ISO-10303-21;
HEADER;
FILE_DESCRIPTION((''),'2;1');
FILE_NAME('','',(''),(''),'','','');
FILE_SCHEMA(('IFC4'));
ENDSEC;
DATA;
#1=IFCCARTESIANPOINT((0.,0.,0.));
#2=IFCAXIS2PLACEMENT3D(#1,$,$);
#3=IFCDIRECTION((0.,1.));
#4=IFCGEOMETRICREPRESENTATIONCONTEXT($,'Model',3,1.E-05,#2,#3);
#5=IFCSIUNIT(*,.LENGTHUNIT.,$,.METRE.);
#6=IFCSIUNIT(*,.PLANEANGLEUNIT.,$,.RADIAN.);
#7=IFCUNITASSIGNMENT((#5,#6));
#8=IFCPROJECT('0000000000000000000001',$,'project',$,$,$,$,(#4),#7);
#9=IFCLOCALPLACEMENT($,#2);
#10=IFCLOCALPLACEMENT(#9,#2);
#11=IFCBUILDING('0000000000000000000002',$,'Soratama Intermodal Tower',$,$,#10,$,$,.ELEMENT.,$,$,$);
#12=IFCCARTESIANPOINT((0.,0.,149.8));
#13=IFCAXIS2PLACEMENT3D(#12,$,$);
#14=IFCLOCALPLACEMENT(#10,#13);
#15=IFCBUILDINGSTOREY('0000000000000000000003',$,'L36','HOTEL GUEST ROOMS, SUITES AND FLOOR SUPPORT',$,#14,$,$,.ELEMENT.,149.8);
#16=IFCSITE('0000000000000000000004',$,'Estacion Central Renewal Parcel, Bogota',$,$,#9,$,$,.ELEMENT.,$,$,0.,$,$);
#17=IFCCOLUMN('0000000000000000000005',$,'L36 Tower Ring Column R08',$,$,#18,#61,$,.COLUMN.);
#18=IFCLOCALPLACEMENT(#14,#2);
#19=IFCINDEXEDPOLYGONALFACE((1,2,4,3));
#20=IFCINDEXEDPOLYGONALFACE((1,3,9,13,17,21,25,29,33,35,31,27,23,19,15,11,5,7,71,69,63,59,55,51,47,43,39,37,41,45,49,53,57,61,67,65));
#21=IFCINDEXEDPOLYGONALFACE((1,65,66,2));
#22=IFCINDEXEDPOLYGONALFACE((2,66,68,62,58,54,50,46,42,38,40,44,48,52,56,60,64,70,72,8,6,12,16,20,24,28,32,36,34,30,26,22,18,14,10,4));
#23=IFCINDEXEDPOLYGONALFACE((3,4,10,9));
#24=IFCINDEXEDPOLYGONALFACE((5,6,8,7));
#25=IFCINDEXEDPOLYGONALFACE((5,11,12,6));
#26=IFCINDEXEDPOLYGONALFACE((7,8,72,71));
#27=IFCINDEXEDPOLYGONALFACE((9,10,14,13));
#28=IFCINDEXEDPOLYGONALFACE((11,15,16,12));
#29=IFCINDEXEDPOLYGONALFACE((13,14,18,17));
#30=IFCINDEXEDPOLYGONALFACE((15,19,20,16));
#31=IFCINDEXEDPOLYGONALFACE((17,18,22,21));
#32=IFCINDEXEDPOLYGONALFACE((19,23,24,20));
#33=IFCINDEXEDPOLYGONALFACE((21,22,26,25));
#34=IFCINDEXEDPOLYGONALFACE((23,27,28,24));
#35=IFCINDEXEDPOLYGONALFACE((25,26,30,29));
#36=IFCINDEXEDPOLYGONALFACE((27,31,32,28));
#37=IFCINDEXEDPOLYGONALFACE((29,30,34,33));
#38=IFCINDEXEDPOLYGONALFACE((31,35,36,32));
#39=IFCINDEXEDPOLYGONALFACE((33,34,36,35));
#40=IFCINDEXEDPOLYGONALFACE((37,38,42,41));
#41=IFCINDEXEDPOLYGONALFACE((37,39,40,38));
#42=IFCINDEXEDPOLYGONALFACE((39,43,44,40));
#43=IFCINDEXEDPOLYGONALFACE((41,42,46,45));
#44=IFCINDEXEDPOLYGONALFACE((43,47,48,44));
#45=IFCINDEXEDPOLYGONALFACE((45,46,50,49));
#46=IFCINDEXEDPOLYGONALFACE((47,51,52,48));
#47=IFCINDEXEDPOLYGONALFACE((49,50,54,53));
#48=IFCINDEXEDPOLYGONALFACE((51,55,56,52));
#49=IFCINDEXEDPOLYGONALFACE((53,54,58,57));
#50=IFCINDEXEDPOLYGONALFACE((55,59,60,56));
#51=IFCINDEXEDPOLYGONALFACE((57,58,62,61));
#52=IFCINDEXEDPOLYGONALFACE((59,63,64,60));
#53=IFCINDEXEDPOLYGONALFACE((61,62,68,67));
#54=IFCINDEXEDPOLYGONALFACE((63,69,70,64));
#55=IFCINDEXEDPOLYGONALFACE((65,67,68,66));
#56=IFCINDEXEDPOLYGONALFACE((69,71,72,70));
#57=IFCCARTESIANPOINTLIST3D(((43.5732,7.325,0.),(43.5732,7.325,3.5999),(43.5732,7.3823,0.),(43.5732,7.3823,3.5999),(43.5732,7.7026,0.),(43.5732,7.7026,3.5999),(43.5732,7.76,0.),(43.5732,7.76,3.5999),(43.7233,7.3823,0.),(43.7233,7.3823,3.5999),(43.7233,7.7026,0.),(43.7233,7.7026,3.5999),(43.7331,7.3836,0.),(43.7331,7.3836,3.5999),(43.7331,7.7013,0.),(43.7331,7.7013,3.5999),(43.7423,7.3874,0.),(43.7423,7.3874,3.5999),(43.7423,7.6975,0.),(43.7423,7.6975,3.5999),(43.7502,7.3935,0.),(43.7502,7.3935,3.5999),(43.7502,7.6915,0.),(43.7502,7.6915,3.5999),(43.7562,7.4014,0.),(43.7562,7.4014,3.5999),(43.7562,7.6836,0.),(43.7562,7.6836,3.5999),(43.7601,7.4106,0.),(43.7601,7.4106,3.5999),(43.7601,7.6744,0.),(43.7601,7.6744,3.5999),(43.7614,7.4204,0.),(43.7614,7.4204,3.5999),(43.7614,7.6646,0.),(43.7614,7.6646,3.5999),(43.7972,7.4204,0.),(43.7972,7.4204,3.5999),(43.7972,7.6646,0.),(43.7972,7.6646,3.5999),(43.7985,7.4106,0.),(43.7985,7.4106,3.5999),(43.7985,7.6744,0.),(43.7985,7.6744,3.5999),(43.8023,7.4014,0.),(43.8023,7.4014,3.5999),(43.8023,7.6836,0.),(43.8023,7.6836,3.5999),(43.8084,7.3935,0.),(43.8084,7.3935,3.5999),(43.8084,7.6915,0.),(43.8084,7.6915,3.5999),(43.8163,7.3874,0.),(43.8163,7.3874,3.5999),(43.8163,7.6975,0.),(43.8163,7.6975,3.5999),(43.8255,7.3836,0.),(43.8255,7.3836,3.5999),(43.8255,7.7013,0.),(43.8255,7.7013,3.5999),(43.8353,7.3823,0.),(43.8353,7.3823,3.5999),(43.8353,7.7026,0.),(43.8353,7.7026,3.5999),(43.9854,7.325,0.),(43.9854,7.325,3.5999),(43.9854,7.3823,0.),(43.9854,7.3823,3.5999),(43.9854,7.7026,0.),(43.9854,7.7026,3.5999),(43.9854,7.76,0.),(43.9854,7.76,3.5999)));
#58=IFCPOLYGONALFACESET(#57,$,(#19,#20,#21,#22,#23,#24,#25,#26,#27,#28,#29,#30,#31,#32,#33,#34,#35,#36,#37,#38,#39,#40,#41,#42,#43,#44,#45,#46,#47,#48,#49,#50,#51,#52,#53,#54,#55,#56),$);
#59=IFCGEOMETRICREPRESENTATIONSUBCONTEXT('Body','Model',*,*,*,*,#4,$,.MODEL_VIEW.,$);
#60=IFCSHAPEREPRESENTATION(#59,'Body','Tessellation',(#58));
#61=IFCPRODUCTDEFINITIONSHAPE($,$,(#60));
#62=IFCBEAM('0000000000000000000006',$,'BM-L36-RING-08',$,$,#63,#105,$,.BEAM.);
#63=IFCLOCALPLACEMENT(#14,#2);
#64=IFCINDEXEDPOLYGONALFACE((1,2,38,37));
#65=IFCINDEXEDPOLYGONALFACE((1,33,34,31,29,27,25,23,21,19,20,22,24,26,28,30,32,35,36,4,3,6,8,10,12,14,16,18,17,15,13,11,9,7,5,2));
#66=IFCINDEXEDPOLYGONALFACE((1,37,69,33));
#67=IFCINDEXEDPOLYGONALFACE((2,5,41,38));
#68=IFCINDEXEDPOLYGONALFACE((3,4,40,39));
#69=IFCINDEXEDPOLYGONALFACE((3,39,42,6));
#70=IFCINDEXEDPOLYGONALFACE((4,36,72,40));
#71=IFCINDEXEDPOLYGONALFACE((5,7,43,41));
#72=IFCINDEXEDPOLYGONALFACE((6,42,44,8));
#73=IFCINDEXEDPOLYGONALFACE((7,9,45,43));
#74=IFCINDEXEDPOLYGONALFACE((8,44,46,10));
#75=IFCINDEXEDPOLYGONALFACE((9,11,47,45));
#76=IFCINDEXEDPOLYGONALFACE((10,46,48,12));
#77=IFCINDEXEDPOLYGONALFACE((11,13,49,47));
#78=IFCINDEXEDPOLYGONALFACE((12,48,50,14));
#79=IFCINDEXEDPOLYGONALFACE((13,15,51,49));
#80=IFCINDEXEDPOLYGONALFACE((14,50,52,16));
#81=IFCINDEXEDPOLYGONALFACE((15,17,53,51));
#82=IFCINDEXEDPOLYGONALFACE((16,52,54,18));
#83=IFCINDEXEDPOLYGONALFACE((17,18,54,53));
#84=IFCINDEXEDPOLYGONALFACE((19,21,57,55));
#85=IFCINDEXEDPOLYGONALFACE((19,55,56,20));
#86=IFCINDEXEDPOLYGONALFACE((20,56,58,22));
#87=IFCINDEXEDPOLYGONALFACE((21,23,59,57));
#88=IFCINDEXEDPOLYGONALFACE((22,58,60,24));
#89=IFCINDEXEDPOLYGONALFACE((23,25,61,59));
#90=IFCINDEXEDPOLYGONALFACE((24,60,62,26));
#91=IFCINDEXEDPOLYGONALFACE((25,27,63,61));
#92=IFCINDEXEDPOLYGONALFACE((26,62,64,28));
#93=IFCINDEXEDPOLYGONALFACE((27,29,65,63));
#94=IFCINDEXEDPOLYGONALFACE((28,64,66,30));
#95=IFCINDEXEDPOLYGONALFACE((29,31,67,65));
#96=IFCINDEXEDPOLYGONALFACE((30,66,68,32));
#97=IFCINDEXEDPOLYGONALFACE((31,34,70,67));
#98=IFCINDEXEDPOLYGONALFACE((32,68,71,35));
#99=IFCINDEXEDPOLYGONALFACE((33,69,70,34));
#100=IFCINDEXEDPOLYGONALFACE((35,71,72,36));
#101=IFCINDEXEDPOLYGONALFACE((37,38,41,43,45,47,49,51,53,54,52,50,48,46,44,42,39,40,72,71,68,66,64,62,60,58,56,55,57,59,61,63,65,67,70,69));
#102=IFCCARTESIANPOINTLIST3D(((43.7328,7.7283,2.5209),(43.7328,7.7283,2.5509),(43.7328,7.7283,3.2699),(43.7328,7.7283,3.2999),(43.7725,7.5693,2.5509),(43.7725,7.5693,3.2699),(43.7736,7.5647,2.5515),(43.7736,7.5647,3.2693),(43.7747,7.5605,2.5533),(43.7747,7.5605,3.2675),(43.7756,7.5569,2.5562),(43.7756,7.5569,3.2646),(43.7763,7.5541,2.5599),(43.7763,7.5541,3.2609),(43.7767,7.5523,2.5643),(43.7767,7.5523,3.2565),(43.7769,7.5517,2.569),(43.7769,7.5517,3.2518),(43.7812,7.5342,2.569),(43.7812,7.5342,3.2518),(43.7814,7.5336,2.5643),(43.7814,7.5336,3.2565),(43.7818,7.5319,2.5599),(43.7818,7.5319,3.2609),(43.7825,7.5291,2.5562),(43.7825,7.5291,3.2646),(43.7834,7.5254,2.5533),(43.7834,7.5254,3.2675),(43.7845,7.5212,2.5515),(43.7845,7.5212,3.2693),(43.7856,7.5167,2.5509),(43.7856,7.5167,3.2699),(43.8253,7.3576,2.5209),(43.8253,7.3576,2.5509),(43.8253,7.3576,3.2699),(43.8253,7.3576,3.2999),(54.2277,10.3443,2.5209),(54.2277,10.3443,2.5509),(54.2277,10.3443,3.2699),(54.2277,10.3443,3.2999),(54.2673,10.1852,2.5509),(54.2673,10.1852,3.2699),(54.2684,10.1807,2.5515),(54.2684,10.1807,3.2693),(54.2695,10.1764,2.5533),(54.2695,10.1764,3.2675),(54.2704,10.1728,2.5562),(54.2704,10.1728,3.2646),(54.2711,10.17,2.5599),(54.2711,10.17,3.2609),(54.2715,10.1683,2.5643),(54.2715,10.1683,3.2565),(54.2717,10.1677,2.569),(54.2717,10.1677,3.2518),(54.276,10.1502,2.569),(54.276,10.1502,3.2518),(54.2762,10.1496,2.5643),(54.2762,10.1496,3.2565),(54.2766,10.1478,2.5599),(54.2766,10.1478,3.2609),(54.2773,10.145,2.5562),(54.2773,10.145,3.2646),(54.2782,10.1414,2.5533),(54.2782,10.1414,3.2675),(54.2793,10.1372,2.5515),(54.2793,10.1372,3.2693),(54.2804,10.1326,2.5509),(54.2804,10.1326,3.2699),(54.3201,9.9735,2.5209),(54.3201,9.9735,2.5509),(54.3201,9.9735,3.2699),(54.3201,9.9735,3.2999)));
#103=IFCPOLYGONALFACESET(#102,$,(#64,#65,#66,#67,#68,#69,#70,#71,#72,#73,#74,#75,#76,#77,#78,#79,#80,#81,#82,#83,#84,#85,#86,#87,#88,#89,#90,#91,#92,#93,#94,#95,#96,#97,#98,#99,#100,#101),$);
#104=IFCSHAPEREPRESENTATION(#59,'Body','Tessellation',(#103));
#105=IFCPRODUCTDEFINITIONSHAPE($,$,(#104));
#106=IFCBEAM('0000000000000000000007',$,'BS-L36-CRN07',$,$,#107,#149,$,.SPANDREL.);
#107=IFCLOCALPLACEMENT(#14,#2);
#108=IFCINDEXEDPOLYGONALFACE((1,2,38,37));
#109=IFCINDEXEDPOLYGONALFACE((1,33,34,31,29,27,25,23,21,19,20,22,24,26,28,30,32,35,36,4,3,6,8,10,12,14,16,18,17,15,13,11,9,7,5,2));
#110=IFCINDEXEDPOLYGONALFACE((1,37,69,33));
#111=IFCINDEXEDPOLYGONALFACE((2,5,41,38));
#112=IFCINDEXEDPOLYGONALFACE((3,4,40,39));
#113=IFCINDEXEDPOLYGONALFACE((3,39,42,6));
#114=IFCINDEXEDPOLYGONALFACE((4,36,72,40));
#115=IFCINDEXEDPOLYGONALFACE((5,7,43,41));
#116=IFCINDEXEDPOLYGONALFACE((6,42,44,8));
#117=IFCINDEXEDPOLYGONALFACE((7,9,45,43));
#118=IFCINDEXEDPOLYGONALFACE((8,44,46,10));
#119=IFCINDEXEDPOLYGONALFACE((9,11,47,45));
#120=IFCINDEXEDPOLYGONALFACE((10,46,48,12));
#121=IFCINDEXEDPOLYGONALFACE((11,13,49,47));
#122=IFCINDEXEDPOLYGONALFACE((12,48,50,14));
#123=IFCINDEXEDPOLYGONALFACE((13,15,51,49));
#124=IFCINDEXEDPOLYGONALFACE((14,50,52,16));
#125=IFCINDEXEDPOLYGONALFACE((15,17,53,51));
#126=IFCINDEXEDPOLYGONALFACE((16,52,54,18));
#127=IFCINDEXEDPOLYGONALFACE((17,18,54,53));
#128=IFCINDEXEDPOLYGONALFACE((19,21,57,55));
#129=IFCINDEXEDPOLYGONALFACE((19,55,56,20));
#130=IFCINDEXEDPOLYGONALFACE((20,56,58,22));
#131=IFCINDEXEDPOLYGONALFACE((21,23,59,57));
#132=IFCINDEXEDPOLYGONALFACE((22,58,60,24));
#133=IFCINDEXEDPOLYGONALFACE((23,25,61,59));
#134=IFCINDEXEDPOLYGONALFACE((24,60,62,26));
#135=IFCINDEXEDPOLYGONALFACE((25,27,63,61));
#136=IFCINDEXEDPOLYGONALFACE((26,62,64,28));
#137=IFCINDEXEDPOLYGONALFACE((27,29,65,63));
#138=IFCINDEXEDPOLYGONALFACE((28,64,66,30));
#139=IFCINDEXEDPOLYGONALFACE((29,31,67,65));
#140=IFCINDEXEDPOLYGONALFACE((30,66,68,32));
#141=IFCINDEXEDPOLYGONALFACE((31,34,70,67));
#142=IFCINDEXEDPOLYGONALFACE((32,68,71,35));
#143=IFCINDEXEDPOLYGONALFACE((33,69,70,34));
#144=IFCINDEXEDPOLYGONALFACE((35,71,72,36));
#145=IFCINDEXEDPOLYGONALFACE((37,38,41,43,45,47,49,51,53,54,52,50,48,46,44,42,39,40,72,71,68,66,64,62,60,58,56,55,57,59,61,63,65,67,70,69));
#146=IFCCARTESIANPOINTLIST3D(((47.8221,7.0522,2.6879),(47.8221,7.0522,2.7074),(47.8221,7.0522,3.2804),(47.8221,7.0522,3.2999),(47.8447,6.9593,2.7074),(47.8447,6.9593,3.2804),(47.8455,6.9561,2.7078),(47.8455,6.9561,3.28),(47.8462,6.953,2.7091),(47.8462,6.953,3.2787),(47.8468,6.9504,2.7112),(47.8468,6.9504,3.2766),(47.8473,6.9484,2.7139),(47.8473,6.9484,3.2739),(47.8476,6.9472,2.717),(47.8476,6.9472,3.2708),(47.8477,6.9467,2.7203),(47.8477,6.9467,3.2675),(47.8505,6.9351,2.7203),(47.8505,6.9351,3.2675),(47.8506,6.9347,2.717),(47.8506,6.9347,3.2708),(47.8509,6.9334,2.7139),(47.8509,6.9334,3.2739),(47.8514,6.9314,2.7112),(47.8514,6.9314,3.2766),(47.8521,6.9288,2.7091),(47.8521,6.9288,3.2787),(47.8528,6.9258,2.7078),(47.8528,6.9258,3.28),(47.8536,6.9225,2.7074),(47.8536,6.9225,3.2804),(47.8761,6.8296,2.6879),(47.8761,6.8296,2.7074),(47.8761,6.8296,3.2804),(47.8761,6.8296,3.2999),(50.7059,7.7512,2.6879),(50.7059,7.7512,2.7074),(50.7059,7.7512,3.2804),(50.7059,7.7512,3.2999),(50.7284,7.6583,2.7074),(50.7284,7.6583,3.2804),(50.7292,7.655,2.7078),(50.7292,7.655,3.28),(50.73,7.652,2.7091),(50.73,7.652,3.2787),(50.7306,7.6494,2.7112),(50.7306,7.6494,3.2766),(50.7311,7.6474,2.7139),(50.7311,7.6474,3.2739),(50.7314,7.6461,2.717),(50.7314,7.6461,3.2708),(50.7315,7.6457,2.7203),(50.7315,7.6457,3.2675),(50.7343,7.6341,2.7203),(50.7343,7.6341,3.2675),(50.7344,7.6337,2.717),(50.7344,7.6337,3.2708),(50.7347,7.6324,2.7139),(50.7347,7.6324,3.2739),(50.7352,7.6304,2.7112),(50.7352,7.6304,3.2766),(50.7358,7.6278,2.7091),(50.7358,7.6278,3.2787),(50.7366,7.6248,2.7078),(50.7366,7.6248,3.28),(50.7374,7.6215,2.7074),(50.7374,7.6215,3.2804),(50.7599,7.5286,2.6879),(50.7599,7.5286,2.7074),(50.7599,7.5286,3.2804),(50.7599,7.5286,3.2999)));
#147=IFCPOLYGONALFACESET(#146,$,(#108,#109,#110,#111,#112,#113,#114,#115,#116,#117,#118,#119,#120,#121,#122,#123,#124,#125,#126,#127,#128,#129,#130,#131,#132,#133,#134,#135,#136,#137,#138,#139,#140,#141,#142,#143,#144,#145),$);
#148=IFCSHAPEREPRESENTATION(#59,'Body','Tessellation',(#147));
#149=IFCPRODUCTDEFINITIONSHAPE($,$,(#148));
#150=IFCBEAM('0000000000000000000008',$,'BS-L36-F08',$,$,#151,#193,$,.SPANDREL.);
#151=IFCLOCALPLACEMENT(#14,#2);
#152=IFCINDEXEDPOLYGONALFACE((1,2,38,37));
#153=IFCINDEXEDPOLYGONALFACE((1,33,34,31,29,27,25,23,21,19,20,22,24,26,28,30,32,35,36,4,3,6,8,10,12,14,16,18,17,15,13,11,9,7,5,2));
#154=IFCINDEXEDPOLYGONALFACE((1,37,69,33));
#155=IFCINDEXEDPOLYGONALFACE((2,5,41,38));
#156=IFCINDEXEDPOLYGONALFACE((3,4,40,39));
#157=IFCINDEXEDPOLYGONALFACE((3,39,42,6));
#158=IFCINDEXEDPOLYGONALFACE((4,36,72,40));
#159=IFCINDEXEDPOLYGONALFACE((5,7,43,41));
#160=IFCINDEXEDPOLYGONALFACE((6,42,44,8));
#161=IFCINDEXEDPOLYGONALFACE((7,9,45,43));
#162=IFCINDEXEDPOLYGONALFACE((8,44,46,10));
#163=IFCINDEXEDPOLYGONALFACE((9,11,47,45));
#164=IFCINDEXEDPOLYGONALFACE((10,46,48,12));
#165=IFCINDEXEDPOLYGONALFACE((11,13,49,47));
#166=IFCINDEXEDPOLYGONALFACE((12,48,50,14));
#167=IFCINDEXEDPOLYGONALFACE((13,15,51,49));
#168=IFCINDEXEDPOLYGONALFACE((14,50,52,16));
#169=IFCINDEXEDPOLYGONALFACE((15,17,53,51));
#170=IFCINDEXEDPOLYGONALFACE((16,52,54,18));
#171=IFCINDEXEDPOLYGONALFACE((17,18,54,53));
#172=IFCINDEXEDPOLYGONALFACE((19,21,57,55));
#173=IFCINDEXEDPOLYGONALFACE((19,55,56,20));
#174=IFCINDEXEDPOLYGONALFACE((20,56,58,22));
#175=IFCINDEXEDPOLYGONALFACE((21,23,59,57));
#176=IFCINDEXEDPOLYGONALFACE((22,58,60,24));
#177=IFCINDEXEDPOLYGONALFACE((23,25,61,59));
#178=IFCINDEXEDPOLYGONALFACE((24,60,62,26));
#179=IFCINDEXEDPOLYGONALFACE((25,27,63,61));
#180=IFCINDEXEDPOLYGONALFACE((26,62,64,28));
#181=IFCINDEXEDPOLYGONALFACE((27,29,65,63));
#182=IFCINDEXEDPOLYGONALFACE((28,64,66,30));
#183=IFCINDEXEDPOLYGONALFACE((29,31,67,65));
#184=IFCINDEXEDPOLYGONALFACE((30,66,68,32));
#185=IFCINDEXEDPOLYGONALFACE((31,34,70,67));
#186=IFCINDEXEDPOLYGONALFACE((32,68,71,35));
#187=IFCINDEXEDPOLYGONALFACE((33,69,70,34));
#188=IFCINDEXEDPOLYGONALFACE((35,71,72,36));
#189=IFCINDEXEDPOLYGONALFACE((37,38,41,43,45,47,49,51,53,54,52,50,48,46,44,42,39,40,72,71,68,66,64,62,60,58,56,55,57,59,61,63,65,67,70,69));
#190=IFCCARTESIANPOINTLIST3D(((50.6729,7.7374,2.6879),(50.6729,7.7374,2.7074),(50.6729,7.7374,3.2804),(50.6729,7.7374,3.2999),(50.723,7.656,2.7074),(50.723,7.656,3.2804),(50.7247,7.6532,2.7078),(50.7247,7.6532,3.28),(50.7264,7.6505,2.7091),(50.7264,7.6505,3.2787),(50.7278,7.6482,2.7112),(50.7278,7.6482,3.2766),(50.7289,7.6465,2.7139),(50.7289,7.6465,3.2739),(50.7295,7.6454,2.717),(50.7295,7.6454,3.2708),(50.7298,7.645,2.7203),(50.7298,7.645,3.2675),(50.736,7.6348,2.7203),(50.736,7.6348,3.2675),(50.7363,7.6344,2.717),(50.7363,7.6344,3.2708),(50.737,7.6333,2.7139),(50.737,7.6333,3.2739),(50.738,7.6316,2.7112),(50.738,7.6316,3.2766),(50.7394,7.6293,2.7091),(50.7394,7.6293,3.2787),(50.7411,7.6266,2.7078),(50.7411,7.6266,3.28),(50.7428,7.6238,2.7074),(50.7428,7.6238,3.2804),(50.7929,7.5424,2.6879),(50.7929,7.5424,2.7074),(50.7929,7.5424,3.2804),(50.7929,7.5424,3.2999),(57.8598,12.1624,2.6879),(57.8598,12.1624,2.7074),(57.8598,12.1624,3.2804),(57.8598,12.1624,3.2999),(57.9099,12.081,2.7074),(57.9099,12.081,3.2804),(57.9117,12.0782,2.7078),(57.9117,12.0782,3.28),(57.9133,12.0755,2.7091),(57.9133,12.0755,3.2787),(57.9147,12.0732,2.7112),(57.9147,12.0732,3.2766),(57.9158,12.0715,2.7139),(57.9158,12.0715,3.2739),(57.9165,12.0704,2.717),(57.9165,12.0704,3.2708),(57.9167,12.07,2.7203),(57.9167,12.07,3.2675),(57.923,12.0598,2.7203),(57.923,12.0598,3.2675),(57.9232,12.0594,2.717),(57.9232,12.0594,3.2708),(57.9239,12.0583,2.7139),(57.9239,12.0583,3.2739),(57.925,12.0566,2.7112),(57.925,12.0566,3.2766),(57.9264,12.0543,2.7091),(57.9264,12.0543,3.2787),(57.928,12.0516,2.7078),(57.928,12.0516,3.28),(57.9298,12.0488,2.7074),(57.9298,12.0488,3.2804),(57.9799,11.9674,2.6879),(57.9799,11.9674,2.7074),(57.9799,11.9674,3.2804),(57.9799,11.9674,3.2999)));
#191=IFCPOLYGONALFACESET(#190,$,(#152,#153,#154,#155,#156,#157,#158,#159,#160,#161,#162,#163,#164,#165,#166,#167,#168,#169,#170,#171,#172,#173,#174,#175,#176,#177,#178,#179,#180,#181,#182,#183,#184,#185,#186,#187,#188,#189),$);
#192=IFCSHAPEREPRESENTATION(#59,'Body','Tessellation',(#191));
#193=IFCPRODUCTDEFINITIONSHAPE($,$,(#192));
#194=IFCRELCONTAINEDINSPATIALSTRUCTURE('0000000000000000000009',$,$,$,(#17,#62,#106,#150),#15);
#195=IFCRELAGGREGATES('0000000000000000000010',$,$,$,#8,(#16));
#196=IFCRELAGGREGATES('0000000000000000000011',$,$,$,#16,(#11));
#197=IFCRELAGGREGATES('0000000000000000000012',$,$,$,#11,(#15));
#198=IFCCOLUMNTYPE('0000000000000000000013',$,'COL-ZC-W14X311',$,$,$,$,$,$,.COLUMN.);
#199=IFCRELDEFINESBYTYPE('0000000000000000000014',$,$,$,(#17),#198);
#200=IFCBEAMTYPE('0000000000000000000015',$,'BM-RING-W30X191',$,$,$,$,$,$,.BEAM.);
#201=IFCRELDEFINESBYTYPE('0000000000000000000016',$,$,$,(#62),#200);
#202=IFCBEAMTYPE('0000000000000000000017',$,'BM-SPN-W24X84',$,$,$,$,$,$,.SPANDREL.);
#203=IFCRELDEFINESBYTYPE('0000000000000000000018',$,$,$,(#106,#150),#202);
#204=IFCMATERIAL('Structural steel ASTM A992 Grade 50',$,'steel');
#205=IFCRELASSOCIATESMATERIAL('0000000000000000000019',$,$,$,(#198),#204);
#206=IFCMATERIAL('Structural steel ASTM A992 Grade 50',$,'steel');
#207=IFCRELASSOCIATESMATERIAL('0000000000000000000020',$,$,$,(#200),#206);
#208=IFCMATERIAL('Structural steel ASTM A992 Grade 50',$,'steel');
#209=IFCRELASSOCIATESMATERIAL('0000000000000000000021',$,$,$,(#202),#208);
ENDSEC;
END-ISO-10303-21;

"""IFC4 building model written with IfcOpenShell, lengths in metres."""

from ifc_helpers import new_model, si_unit, direction, frame, origin, origin_2d, place, context, subcontext, project, spatial, i_section, extrude, material, material_profile, profile_set, type_object, element, save


model = new_model("IFC4")

# Units and contexts
model_context = context("Model", 3, precision=1e-05, world=origin(), true_north=direction((0.0, 1.0)))
body_context = subcontext(model_context, "Body", "Model", "MODEL_VIEW")
ifc_project = project(units=[si_unit("LENGTHUNIT", "METRE"), si_unit("PLANEANGLEUNIT", "RADIAN")], contexts=[model_context])

# Site, building, storey
site_placement = place(None, origin())
site = spatial("IfcSite", under=ifc_project, at=site_placement, Name="Estacion Central Renewal Parcel, Bogota", CompositionType="ELEMENT", RefElevation=0.0)
building_placement = place(site_placement, origin())
building = spatial("IfcBuilding", under=site, at=building_placement, Name="Soratama Intermodal Tower", CompositionType="ELEMENT")
storey_placement = place(building_placement, frame((0.0, 0.0, 149.8)))
storey = spatial("IfcBuildingStorey", under=building, at=storey_placement, Name="L36", Description="HOTEL GUEST ROOMS, SUITES AND FLOOR SUPPORT", CompositionType="ELEMENT", Elevation=149.8)

# Column
ifc_material_1 = material(Name="Structural steel ASTM A992 Grade 50", Category="steel")
ifc_material_profile_1 = material_profile(ifc_material_1, i_section(OverallWidth=0.4121, OverallDepth=0.4351, WebThickness=0.0359, FlangeThickness=0.0574, FilletRadius=0.0381, at=origin_2d()), Name="W14X311")
ifc_profile_set_1 = profile_set([ifc_material_profile_1], Name="Structural steel ASTM A992 Grade 50")
column_type = type_object("IfcColumnType", Name="COL-ZC-W14X311", PredefinedType="COLUMN", material=ifc_profile_set_1)
column_placement = place(storey_placement, frame((43.7793, 7.5425, 0.0), z_axis=(0.0, 0.0, 1.0), x_axis=(1.0, 0.0, 0.0)))
element("IfcColumn", 1, at=column_placement, inside=storey, type_object=column_type, Name="L36 Tower Ring Column R08", PredefinedType="COLUMN", context=body_context, shape_type="SweptSolid", body=[
    extrude(i_section(OverallWidth=0.4121, OverallDepth=0.4351, WebThickness=0.0359, FlangeThickness=0.0574, FilletRadius=0.0381, at=origin_2d()), origin(), (0.0, 0.0, 1.0), 3.5999),
])

# Beams
ifc_material_2 = material(Name="Structural steel ASTM A992 Grade 50", Category="steel")
ifc_material_profile_2 = material_profile(ifc_material_2, i_section(OverallWidth=0.3821, OverallDepth=0.7791, WebThickness=0.0181, FlangeThickness=0.03, FilletRadius=0.0181, at=origin_2d()), Name="W30X191")
ifc_profile_set_2 = profile_set([ifc_material_profile_2], Name="Structural steel ASTM A992 Grade 50")
beam_type_1 = type_object("IfcBeamType", Name="BM-RING-W30X191", PredefinedType="BEAM", material=ifc_profile_set_2)
beam_1_placement = place(storey_placement, frame((43.7791, 7.543, 2.9104), z_axis=(0.970311, 0.241861, 0.0), x_axis=(-0.241861, 0.970311, 0.0)))
element("IfcBeam", 2, at=beam_1_placement, inside=storey, type_object=beam_type_1, Name="BM-L36-RING-08", PredefinedType="BEAM", context=body_context, shape_type="SweptSolid", body=[
    extrude(i_section(OverallWidth=0.3821, OverallDepth=0.7791, WebThickness=0.0181, FlangeThickness=0.03, FilletRadius=0.0181, at=origin_2d()), origin(), (0.0, 0.0, 1.0), 10.8159),
])
ifc_material_3 = material(Name="Structural steel ASTM A992 Grade 50", Category="steel")
ifc_material_profile_3 = material_profile(ifc_material_3, i_section(OverallWidth=0.229, OverallDepth=0.6121, WebThickness=0.012, FlangeThickness=0.0195, FilletRadius=0.0129, at=origin_2d()), Name="W24X84")
ifc_profile_set_3 = profile_set([ifc_material_profile_3], Name="Structural steel ASTM A992 Grade 50")
beam_type_2 = type_object("IfcBeamType", Name="BM-SPN-W24X84", PredefinedType="SPANDREL", material=ifc_profile_set_3)
beam_2_placement = place(storey_placement, frame((47.8491, 6.9409, 2.9939), z_axis=(0.97186, 0.23556, 0.0), x_axis=(-0.23556, 0.97186, 0.0)))
element("IfcBeam", 3, at=beam_2_placement, inside=storey, type_object=beam_type_2, Name="BS-L36-CRN07", PredefinedType="SPANDREL", context=body_context, shape_type="SweptSolid", body=[
    extrude(i_section(OverallWidth=0.229, OverallDepth=0.6121, WebThickness=0.012, FlangeThickness=0.0195, FilletRadius=0.0129, at=origin_2d()), origin(), (0.0, 0.0, 1.0), 2.9673),
])
beam_3_placement = place(storey_placement, frame((50.7329, 7.6399, 2.9939), z_axis=(0.851538, 0.524293, 0.0), x_axis=(-0.524293, 0.851538, 0.0)))
element("IfcBeam", 4, at=beam_3_placement, inside=storey, type_object=beam_type_2, Name="BS-L36-F08", PredefinedType="SPANDREL", context=body_context, shape_type="SweptSolid", body=[
    extrude(i_section(OverallWidth=0.229, OverallDepth=0.6121, WebThickness=0.012, FlangeThickness=0.0195, FilletRadius=0.0129, at=origin_2d()), origin(), (0.0, 0.0, 1.0), 8.4399),
])

save(model, "model.ifc")
